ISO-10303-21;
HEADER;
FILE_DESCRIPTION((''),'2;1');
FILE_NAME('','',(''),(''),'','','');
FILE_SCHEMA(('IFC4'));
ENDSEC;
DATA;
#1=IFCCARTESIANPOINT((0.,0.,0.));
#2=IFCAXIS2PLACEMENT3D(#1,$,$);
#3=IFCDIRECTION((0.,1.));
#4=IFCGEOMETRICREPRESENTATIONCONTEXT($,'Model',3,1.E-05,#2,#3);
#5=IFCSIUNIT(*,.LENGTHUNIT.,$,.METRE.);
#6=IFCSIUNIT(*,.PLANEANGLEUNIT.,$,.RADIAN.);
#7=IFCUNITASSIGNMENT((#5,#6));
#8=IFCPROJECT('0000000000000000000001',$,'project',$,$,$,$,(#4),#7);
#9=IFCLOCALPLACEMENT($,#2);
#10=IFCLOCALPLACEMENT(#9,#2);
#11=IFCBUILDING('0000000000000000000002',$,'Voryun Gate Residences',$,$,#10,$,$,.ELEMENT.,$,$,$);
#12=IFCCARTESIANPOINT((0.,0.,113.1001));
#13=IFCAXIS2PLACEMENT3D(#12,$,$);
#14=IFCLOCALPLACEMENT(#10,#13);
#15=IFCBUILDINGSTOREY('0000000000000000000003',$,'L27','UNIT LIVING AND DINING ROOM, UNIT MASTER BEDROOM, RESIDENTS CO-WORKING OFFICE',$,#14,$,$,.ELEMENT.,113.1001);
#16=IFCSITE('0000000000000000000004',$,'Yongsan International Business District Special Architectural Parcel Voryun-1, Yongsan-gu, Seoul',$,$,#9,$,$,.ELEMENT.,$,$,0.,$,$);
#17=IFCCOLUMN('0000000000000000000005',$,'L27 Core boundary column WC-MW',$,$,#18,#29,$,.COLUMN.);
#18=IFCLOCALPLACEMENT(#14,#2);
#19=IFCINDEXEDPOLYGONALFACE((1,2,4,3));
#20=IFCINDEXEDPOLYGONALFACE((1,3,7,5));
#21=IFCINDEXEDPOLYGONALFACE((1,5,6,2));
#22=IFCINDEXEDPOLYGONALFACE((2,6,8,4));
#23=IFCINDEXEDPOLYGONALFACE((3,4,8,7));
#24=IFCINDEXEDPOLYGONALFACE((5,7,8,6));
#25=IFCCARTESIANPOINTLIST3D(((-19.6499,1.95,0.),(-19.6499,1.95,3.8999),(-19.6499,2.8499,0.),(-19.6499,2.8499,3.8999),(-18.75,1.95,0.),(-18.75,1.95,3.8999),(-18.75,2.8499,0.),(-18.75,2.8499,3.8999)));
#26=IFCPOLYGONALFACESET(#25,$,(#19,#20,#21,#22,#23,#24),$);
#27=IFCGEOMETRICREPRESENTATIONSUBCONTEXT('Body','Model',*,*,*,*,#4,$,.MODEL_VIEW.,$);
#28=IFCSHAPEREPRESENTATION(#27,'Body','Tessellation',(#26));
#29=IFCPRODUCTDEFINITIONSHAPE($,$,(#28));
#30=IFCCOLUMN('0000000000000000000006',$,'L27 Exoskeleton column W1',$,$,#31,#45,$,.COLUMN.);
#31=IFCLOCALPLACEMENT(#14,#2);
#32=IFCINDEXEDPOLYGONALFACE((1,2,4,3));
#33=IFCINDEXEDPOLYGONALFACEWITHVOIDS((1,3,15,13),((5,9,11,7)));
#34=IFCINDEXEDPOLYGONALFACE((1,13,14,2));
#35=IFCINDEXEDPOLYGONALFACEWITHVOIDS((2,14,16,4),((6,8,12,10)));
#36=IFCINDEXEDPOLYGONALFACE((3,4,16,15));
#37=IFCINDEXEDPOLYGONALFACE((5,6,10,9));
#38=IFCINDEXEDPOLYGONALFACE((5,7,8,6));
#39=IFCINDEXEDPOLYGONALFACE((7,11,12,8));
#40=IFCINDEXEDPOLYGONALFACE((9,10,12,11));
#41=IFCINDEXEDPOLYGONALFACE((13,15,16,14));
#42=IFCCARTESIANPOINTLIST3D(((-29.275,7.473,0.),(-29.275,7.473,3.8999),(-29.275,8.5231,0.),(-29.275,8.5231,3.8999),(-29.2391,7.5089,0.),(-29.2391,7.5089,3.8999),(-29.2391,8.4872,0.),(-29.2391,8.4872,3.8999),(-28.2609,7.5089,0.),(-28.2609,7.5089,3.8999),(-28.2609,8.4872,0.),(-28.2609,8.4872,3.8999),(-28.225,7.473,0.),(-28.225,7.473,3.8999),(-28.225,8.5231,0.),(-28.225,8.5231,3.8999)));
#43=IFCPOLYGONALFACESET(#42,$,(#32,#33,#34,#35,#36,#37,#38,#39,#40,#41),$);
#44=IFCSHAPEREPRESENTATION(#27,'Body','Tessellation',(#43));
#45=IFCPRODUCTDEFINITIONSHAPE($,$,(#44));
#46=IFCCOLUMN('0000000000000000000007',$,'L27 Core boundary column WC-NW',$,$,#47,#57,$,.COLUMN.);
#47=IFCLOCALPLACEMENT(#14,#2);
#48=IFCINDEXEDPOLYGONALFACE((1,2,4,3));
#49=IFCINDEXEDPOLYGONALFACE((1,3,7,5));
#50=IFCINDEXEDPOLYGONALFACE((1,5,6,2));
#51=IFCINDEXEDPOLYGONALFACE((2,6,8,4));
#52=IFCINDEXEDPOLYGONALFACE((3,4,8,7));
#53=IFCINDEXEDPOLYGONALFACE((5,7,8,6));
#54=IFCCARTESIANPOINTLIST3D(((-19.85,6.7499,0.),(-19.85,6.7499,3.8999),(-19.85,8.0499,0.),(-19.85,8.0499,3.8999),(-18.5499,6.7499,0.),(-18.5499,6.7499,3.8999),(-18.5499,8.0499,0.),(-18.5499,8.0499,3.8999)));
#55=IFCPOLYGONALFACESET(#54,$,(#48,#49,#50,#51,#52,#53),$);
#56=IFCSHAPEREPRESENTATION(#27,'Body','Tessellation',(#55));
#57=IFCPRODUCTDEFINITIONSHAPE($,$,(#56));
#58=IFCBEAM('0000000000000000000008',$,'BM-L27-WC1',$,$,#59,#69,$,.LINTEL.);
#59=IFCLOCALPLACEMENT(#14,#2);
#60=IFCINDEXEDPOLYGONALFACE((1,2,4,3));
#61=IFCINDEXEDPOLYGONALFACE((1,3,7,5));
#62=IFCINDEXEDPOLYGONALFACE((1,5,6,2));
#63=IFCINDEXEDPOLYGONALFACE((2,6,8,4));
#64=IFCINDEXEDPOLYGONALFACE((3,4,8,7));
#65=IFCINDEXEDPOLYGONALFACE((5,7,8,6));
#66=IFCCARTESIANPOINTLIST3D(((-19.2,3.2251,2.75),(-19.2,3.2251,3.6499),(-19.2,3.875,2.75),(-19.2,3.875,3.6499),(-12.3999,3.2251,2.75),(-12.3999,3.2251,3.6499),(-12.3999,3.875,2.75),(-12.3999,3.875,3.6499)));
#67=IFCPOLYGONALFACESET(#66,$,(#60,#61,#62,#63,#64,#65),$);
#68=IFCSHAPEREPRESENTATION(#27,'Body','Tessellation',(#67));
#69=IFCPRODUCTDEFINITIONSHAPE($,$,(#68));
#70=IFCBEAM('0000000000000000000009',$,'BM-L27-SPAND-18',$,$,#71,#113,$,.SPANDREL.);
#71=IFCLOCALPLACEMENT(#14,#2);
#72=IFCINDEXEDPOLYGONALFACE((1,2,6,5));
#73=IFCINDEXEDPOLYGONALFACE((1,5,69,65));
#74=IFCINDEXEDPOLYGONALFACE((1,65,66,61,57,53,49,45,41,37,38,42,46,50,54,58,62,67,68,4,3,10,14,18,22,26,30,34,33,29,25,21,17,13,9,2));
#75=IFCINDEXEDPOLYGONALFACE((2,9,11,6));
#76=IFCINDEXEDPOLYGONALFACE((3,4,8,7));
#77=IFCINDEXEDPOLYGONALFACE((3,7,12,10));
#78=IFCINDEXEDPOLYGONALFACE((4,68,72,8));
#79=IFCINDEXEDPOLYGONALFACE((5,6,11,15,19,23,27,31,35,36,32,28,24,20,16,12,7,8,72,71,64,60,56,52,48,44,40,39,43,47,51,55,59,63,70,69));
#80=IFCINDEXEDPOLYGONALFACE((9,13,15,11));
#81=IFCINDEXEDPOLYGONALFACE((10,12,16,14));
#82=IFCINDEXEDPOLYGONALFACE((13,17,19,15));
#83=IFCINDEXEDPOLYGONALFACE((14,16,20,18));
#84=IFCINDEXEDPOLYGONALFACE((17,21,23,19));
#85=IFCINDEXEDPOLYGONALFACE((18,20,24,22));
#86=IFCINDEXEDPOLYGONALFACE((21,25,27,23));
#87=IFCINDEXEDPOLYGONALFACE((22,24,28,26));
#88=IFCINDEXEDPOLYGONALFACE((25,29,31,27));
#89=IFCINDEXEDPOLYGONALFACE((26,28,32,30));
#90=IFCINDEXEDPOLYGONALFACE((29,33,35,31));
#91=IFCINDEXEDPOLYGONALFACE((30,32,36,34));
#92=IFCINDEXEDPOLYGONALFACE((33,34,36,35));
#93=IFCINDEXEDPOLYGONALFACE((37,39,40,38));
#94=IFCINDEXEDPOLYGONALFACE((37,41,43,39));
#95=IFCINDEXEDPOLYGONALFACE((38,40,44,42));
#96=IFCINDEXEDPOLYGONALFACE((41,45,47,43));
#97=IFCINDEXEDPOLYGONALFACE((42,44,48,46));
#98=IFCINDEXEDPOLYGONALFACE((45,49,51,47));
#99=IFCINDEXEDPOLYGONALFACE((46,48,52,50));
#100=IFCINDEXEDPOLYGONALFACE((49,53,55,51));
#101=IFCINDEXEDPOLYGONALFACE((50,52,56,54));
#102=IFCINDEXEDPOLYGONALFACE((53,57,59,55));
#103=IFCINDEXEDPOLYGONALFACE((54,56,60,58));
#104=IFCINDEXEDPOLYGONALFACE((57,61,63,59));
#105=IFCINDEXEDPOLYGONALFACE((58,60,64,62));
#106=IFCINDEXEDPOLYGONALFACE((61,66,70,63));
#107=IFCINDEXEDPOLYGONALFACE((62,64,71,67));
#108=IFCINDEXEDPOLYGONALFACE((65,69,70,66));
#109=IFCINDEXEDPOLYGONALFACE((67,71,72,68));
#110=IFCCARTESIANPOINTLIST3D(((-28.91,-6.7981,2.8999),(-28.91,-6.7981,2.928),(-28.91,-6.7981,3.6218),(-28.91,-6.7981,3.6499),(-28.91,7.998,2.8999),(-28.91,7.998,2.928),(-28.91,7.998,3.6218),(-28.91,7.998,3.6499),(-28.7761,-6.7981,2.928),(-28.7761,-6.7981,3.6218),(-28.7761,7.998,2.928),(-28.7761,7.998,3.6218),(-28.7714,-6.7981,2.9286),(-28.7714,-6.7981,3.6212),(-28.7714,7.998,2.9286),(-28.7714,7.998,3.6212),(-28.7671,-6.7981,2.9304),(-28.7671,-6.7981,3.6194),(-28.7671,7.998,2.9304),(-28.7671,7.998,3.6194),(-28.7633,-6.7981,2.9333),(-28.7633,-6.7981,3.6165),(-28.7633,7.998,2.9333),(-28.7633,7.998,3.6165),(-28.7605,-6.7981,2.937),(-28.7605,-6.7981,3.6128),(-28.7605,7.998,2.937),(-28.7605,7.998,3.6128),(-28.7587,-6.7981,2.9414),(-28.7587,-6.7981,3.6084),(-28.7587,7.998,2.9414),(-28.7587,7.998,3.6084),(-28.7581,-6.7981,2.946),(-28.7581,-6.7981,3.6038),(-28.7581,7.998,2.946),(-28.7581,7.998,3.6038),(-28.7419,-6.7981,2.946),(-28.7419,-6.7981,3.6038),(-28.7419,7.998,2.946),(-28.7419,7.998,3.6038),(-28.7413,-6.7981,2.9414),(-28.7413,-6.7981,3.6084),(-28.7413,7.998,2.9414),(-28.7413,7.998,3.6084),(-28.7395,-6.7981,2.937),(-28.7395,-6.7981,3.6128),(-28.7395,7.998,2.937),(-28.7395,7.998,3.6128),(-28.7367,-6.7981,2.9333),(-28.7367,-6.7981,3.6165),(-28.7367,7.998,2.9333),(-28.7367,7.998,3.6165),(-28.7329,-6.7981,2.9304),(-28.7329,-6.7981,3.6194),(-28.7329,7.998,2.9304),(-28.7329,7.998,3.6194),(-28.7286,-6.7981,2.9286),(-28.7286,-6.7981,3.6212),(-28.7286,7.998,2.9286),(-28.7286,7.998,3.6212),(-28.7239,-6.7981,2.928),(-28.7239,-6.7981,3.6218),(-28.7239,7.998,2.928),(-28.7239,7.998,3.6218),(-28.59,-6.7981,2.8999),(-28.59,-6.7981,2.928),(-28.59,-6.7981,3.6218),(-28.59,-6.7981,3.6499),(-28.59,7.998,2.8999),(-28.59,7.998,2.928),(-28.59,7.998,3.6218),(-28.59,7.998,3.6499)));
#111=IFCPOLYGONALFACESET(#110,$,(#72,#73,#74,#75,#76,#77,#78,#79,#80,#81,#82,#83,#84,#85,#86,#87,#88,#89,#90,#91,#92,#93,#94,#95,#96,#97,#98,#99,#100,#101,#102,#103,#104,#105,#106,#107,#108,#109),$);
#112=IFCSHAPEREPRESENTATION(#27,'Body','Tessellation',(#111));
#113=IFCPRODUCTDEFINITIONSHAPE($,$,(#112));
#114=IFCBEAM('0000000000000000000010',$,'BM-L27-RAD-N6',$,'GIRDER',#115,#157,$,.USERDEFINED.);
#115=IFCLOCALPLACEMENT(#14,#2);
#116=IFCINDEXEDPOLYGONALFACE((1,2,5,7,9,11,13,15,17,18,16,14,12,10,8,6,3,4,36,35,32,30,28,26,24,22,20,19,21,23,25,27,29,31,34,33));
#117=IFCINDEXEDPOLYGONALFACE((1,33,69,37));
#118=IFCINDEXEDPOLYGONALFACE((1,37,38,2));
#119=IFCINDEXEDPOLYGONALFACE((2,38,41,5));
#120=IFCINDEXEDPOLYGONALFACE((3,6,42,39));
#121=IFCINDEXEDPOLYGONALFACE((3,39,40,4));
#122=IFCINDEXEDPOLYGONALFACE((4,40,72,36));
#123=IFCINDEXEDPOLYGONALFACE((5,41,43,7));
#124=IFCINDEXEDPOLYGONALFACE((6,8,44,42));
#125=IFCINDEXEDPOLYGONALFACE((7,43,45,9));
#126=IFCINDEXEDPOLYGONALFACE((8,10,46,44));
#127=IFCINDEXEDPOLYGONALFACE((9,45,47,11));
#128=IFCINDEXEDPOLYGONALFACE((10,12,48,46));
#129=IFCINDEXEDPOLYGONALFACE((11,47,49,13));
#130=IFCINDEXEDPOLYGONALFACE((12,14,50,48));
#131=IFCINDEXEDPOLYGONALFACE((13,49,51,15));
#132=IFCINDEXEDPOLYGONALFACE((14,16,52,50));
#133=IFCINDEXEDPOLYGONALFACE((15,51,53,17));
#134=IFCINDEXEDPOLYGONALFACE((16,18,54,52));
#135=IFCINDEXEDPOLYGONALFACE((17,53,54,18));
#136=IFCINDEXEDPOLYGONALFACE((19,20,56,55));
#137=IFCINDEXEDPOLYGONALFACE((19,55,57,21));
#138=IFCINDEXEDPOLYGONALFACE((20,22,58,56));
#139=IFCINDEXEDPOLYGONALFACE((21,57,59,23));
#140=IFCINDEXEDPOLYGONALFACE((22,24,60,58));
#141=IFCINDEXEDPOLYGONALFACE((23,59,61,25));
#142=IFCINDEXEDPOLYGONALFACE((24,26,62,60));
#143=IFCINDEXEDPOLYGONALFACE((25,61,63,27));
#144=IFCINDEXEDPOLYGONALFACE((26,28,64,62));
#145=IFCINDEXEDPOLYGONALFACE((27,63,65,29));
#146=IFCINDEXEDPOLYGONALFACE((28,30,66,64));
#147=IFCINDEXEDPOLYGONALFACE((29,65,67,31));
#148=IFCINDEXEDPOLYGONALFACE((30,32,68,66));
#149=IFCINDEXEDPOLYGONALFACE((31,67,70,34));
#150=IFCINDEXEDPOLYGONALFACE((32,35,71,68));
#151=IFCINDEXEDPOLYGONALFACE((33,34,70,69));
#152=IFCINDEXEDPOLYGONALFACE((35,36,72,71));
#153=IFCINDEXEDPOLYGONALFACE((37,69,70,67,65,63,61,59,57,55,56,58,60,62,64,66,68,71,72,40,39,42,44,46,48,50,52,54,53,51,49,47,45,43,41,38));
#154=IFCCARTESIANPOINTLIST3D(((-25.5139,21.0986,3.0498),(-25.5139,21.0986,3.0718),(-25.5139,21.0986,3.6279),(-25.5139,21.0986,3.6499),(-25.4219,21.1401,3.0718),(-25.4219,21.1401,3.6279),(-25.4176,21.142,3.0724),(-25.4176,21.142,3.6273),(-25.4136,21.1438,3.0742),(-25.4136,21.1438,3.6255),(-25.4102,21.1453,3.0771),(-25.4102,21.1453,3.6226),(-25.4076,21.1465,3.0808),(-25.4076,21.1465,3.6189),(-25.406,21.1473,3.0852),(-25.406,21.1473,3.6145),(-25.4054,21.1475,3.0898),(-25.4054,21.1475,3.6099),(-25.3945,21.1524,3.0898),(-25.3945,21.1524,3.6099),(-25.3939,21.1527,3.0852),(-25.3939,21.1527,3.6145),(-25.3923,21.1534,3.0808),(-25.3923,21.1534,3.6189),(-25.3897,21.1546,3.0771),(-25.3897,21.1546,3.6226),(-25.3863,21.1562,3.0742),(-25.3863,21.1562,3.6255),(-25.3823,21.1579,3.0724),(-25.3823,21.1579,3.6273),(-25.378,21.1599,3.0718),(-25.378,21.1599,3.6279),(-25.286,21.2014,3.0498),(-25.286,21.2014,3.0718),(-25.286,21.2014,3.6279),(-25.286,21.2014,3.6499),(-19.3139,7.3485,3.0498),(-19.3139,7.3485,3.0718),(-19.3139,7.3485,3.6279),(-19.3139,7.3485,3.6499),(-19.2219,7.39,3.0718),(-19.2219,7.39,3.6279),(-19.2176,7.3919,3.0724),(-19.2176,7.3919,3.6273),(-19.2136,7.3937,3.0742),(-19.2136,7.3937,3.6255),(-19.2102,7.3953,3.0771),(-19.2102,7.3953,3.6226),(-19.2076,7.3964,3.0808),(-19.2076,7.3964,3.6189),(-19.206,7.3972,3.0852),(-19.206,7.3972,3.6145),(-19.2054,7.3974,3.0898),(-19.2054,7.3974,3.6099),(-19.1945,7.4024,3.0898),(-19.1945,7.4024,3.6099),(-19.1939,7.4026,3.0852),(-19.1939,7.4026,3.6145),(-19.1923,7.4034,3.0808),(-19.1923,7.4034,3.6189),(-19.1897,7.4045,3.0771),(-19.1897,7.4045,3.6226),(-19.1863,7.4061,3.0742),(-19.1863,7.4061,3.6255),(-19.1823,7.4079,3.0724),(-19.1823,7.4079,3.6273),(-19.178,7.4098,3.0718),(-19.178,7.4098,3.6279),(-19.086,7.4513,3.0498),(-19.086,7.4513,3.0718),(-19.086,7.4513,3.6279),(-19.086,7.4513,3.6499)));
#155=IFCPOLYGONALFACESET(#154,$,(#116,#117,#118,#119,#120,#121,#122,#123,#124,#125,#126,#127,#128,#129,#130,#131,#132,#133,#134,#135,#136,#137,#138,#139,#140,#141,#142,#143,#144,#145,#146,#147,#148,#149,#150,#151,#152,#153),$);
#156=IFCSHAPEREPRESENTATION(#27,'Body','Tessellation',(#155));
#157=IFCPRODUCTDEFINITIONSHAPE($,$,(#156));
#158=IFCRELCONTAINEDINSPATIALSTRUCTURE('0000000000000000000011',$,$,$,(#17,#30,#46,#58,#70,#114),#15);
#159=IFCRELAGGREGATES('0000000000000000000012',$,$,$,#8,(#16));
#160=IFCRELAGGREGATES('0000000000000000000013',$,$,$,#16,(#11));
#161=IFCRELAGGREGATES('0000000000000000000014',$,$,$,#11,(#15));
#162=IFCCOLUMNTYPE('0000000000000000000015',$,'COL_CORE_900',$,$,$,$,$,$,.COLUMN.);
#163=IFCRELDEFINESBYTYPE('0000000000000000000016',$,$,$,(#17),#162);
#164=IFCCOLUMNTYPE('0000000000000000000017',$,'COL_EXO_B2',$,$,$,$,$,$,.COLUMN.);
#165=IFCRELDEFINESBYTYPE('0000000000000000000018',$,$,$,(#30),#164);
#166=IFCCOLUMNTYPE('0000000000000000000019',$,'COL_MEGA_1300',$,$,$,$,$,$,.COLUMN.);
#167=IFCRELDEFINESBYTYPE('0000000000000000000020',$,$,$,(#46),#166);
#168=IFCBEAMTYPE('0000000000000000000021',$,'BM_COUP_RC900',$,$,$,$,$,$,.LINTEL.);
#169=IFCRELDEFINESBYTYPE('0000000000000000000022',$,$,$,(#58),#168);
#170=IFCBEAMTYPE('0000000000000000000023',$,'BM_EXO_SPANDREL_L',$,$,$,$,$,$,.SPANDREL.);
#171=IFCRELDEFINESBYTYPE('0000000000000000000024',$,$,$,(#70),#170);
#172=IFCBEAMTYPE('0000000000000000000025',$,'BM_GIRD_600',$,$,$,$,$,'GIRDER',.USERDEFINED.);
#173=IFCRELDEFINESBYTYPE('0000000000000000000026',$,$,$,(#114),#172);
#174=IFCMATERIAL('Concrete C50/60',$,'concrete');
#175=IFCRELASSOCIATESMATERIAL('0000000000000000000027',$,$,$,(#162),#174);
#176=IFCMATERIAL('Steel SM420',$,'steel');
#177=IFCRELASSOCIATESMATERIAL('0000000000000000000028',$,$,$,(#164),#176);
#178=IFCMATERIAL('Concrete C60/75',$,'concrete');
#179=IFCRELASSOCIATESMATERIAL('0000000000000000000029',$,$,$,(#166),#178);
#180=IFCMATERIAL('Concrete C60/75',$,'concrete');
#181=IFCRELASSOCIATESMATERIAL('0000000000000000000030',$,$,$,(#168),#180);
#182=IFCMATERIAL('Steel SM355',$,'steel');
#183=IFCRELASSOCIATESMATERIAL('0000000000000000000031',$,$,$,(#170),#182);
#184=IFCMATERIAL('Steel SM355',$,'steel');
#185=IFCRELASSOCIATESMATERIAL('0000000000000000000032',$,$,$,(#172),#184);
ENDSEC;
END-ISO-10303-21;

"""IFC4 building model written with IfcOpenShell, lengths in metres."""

from ifc_helpers import new_model, si_unit, direction, frame, origin, origin_2d, place, context, subcontext, project, spatial, rectangle, hollow_rectangle, i_section, extrude, material, material_profile, profile_set, type_object, element, save


model = new_model("IFC4")

# Units and contexts
model_context = context("Model", 3, precision=1e-05, world=origin(), true_north=direction((0.0, 1.0)))
body_context = subcontext(model_context, "Body", "Model", "MODEL_VIEW")
ifc_project = project(units=[si_unit("LENGTHUNIT", "METRE"), si_unit("PLANEANGLEUNIT", "RADIAN")], contexts=[model_context])

# Site, building, storey
site_placement = place(None, origin())
site = spatial("IfcSite", under=ifc_project, at=site_placement, Name="Yongsan International Business District Special Architectural Parcel Voryun-1, Yongsan-gu, Seoul", CompositionType="ELEMENT", RefElevation=0.0)
building_placement = place(site_placement, origin())
building = spatial("IfcBuilding", under=site, at=building_placement, Name="Voryun Gate Residences", CompositionType="ELEMENT")
storey_placement = place(building_placement, frame((0.0, 0.0, 113.1001)))
storey = spatial("IfcBuildingStorey", under=building, at=storey_placement, Name="L27", Description="UNIT LIVING AND DINING ROOM, UNIT MASTER BEDROOM, RESIDENTS CO-WORKING OFFICE", CompositionType="ELEMENT", Elevation=113.1001)

# Columns
ifc_material_1 = material(Name="Concrete C50/60", Category="concrete")
ifc_material_profile_1 = material_profile(ifc_material_1, rectangle(XDim=0.8999, YDim=0.8999, at=origin_2d()), Name="RC-900x900")
ifc_profile_set_1 = profile_set([ifc_material_profile_1], Name="Concrete C50/60")
column_type_1 = type_object("IfcColumnType", Name="COL_CORE_900", PredefinedType="COLUMN", material=ifc_profile_set_1)
column_1_placement = place(storey_placement, frame((-19.2, 2.3999, 0.0), z_axis=(0.0, 0.0, 1.0), x_axis=(1.0, 0.0, 0.0)))
element("IfcColumn", 1, at=column_1_placement, inside=storey, type_object=column_type_1, Name="L27 Core boundary column WC-MW", PredefinedType="COLUMN", context=body_context, shape_type="SweptSolid", body=[
    extrude(rectangle(XDim=0.8999, YDim=0.8999, at=origin_2d()), origin(), (0.0, 0.0, 1.0), 3.8999),
])
ifc_material_2 = material(Name="Steel SM420", Category="steel")
ifc_material_profile_2 = material_profile(ifc_material_2, hollow_rectangle(XDim=1.05, YDim=1.05, WallThickness=0.0359, at=origin_2d()), Name="BOX-1050x1050x36")
ifc_profile_set_2 = profile_set([ifc_material_profile_2], Name="Steel SM420")
column_type_2 = type_object("IfcColumnType", Name="COL_EXO_B2", PredefinedType="COLUMN", material=ifc_profile_set_2)
column_2_placement = place(storey_placement, frame((-28.75, 7.998, 0.0), z_axis=(0.0, 0.0, 1.0), x_axis=(1.0, 0.0, 0.0)))
element("IfcColumn", 2, at=column_2_placement, inside=storey, type_object=column_type_2, Name="L27 Exoskeleton column W1", PredefinedType="COLUMN", context=body_context, shape_type="SweptSolid", body=[
    extrude(hollow_rectangle(XDim=1.05, YDim=1.05, WallThickness=0.0359, at=origin_2d()), origin(), (0.0, 0.0, 1.0), 3.8999),
])
ifc_material_3 = material(Name="Concrete C60/75", Category="concrete")
ifc_material_profile_3 = material_profile(ifc_material_3, rectangle(XDim=1.3, YDim=1.3, at=origin_2d()), Name="RC-1300x1300")
ifc_profile_set_3 = profile_set([ifc_material_profile_3], Name="Concrete C60/75")
column_type_3 = type_object("IfcColumnType", Name="COL_MEGA_1300", PredefinedType="COLUMN", material=ifc_profile_set_3)
column_3_placement = place(storey_placement, frame((-19.2, 7.3999, 0.0), z_axis=(0.0, 0.0, 1.0), x_axis=(1.0, 0.0, 0.0)))
element("IfcColumn", 3, at=column_3_placement, inside=storey, type_object=column_type_3, Name="L27 Core boundary column WC-NW", PredefinedType="COLUMN", context=body_context, shape_type="SweptSolid", body=[
    extrude(rectangle(XDim=1.3, YDim=1.3, at=origin_2d()), origin(), (0.0, 0.0, 1.0), 3.8999),
])

# Beams
ifc_material_4 = material(Name="Concrete C60/75", Category="concrete")
ifc_material_profile_4 = material_profile(ifc_material_4, rectangle(XDim=0.6499, YDim=0.8999, at=origin_2d()), Name="RC-650x900")
ifc_profile_set_4 = profile_set([ifc_material_profile_4], Name="Concrete C60/75")
beam_type_1 = type_object("IfcBeamType", Name="BM_COUP_RC900", PredefinedType="LINTEL", material=ifc_profile_set_4)
beam_1_placement = place(storey_placement, frame((-19.2, 3.55, 3.2), z_axis=(1.0, 0.0, 0.0), x_axis=(0.0, 1.0, 0.0)))
element("IfcBeam", 4, at=beam_1_placement, inside=storey, type_object=beam_type_1, Name="BM-L27-WC1", PredefinedType="LINTEL", context=body_context, shape_type="SweptSolid", body=[
    extrude(rectangle(XDim=0.6499, YDim=0.8999, at=origin_2d()), origin(), (0.0, 0.0, 1.0), 6.8),
])
ifc_material_5 = material(Name="Steel SM355", Category="steel")
ifc_material_profile_5 = material_profile(ifc_material_5, i_section(OverallWidth=0.3201, OverallDepth=0.75, WebThickness=0.0161, FlangeThickness=0.0281, FilletRadius=0.0181, at=origin_2d()), Name="H-750x320x16x28")
ifc_profile_set_5 = profile_set([ifc_material_profile_5], Name="Steel SM355")
beam_type_2 = type_object("IfcBeamType", Name="BM_EXO_SPANDREL_L", PredefinedType="SPANDREL", material=ifc_profile_set_5)
beam_2_placement = place(storey_placement, frame((-28.75, 7.998, 3.2749), z_axis=(0.0, -1.0, 0.0), x_axis=(1.0, 0.0, 0.0)))
element("IfcBeam", 5, at=beam_2_placement, inside=storey, type_object=beam_type_2, Name="BM-L27-SPAND-18", PredefinedType="SPANDREL", context=body_context, shape_type="SweptSolid", body=[
    extrude(i_section(OverallWidth=0.3201, OverallDepth=0.75, WebThickness=0.0161, FlangeThickness=0.0281, FilletRadius=0.0181, at=origin_2d()), origin(), (0.0, 0.0, 1.0), 14.7961),
])
ifc_material_6 = material(Name="Steel SM355", Category="steel")
ifc_material_profile_6 = material_profile(ifc_material_6, i_section(OverallWidth=0.25, OverallDepth=0.6001, WebThickness=0.012, FlangeThickness=0.022, FilletRadius=0.0181, at=origin_2d()), Name="H-600x250x12x22")
ifc_profile_set_6 = profile_set([ifc_material_profile_6], Name="Steel SM355")
beam_type_3 = type_object("IfcBeamType", Name="BM_GIRD_600", ElementType="GIRDER", PredefinedType="USERDEFINED", material=ifc_profile_set_6)
beam_3_placement = place(storey_placement, frame((-19.2, 7.3999, 3.3499), z_axis=(-0.411051, 0.911612, 0.0), x_axis=(-0.911612, -0.411051, 0.0)))
element("IfcBeam", 6, at=beam_3_placement, inside=storey, type_object=beam_type_3, Name="BM-L27-RAD-N6", ObjectType="GIRDER", PredefinedType="USERDEFINED", context=body_context, shape_type="SweptSolid", body=[
    extrude(i_section(OverallWidth=0.25, OverallDepth=0.6001, WebThickness=0.012, FlangeThickness=0.022, FilletRadius=0.0181, at=origin_2d()), origin(), (0.0, 0.0, 1.0), 15.0833),
])

save(model, "model.ifc")
